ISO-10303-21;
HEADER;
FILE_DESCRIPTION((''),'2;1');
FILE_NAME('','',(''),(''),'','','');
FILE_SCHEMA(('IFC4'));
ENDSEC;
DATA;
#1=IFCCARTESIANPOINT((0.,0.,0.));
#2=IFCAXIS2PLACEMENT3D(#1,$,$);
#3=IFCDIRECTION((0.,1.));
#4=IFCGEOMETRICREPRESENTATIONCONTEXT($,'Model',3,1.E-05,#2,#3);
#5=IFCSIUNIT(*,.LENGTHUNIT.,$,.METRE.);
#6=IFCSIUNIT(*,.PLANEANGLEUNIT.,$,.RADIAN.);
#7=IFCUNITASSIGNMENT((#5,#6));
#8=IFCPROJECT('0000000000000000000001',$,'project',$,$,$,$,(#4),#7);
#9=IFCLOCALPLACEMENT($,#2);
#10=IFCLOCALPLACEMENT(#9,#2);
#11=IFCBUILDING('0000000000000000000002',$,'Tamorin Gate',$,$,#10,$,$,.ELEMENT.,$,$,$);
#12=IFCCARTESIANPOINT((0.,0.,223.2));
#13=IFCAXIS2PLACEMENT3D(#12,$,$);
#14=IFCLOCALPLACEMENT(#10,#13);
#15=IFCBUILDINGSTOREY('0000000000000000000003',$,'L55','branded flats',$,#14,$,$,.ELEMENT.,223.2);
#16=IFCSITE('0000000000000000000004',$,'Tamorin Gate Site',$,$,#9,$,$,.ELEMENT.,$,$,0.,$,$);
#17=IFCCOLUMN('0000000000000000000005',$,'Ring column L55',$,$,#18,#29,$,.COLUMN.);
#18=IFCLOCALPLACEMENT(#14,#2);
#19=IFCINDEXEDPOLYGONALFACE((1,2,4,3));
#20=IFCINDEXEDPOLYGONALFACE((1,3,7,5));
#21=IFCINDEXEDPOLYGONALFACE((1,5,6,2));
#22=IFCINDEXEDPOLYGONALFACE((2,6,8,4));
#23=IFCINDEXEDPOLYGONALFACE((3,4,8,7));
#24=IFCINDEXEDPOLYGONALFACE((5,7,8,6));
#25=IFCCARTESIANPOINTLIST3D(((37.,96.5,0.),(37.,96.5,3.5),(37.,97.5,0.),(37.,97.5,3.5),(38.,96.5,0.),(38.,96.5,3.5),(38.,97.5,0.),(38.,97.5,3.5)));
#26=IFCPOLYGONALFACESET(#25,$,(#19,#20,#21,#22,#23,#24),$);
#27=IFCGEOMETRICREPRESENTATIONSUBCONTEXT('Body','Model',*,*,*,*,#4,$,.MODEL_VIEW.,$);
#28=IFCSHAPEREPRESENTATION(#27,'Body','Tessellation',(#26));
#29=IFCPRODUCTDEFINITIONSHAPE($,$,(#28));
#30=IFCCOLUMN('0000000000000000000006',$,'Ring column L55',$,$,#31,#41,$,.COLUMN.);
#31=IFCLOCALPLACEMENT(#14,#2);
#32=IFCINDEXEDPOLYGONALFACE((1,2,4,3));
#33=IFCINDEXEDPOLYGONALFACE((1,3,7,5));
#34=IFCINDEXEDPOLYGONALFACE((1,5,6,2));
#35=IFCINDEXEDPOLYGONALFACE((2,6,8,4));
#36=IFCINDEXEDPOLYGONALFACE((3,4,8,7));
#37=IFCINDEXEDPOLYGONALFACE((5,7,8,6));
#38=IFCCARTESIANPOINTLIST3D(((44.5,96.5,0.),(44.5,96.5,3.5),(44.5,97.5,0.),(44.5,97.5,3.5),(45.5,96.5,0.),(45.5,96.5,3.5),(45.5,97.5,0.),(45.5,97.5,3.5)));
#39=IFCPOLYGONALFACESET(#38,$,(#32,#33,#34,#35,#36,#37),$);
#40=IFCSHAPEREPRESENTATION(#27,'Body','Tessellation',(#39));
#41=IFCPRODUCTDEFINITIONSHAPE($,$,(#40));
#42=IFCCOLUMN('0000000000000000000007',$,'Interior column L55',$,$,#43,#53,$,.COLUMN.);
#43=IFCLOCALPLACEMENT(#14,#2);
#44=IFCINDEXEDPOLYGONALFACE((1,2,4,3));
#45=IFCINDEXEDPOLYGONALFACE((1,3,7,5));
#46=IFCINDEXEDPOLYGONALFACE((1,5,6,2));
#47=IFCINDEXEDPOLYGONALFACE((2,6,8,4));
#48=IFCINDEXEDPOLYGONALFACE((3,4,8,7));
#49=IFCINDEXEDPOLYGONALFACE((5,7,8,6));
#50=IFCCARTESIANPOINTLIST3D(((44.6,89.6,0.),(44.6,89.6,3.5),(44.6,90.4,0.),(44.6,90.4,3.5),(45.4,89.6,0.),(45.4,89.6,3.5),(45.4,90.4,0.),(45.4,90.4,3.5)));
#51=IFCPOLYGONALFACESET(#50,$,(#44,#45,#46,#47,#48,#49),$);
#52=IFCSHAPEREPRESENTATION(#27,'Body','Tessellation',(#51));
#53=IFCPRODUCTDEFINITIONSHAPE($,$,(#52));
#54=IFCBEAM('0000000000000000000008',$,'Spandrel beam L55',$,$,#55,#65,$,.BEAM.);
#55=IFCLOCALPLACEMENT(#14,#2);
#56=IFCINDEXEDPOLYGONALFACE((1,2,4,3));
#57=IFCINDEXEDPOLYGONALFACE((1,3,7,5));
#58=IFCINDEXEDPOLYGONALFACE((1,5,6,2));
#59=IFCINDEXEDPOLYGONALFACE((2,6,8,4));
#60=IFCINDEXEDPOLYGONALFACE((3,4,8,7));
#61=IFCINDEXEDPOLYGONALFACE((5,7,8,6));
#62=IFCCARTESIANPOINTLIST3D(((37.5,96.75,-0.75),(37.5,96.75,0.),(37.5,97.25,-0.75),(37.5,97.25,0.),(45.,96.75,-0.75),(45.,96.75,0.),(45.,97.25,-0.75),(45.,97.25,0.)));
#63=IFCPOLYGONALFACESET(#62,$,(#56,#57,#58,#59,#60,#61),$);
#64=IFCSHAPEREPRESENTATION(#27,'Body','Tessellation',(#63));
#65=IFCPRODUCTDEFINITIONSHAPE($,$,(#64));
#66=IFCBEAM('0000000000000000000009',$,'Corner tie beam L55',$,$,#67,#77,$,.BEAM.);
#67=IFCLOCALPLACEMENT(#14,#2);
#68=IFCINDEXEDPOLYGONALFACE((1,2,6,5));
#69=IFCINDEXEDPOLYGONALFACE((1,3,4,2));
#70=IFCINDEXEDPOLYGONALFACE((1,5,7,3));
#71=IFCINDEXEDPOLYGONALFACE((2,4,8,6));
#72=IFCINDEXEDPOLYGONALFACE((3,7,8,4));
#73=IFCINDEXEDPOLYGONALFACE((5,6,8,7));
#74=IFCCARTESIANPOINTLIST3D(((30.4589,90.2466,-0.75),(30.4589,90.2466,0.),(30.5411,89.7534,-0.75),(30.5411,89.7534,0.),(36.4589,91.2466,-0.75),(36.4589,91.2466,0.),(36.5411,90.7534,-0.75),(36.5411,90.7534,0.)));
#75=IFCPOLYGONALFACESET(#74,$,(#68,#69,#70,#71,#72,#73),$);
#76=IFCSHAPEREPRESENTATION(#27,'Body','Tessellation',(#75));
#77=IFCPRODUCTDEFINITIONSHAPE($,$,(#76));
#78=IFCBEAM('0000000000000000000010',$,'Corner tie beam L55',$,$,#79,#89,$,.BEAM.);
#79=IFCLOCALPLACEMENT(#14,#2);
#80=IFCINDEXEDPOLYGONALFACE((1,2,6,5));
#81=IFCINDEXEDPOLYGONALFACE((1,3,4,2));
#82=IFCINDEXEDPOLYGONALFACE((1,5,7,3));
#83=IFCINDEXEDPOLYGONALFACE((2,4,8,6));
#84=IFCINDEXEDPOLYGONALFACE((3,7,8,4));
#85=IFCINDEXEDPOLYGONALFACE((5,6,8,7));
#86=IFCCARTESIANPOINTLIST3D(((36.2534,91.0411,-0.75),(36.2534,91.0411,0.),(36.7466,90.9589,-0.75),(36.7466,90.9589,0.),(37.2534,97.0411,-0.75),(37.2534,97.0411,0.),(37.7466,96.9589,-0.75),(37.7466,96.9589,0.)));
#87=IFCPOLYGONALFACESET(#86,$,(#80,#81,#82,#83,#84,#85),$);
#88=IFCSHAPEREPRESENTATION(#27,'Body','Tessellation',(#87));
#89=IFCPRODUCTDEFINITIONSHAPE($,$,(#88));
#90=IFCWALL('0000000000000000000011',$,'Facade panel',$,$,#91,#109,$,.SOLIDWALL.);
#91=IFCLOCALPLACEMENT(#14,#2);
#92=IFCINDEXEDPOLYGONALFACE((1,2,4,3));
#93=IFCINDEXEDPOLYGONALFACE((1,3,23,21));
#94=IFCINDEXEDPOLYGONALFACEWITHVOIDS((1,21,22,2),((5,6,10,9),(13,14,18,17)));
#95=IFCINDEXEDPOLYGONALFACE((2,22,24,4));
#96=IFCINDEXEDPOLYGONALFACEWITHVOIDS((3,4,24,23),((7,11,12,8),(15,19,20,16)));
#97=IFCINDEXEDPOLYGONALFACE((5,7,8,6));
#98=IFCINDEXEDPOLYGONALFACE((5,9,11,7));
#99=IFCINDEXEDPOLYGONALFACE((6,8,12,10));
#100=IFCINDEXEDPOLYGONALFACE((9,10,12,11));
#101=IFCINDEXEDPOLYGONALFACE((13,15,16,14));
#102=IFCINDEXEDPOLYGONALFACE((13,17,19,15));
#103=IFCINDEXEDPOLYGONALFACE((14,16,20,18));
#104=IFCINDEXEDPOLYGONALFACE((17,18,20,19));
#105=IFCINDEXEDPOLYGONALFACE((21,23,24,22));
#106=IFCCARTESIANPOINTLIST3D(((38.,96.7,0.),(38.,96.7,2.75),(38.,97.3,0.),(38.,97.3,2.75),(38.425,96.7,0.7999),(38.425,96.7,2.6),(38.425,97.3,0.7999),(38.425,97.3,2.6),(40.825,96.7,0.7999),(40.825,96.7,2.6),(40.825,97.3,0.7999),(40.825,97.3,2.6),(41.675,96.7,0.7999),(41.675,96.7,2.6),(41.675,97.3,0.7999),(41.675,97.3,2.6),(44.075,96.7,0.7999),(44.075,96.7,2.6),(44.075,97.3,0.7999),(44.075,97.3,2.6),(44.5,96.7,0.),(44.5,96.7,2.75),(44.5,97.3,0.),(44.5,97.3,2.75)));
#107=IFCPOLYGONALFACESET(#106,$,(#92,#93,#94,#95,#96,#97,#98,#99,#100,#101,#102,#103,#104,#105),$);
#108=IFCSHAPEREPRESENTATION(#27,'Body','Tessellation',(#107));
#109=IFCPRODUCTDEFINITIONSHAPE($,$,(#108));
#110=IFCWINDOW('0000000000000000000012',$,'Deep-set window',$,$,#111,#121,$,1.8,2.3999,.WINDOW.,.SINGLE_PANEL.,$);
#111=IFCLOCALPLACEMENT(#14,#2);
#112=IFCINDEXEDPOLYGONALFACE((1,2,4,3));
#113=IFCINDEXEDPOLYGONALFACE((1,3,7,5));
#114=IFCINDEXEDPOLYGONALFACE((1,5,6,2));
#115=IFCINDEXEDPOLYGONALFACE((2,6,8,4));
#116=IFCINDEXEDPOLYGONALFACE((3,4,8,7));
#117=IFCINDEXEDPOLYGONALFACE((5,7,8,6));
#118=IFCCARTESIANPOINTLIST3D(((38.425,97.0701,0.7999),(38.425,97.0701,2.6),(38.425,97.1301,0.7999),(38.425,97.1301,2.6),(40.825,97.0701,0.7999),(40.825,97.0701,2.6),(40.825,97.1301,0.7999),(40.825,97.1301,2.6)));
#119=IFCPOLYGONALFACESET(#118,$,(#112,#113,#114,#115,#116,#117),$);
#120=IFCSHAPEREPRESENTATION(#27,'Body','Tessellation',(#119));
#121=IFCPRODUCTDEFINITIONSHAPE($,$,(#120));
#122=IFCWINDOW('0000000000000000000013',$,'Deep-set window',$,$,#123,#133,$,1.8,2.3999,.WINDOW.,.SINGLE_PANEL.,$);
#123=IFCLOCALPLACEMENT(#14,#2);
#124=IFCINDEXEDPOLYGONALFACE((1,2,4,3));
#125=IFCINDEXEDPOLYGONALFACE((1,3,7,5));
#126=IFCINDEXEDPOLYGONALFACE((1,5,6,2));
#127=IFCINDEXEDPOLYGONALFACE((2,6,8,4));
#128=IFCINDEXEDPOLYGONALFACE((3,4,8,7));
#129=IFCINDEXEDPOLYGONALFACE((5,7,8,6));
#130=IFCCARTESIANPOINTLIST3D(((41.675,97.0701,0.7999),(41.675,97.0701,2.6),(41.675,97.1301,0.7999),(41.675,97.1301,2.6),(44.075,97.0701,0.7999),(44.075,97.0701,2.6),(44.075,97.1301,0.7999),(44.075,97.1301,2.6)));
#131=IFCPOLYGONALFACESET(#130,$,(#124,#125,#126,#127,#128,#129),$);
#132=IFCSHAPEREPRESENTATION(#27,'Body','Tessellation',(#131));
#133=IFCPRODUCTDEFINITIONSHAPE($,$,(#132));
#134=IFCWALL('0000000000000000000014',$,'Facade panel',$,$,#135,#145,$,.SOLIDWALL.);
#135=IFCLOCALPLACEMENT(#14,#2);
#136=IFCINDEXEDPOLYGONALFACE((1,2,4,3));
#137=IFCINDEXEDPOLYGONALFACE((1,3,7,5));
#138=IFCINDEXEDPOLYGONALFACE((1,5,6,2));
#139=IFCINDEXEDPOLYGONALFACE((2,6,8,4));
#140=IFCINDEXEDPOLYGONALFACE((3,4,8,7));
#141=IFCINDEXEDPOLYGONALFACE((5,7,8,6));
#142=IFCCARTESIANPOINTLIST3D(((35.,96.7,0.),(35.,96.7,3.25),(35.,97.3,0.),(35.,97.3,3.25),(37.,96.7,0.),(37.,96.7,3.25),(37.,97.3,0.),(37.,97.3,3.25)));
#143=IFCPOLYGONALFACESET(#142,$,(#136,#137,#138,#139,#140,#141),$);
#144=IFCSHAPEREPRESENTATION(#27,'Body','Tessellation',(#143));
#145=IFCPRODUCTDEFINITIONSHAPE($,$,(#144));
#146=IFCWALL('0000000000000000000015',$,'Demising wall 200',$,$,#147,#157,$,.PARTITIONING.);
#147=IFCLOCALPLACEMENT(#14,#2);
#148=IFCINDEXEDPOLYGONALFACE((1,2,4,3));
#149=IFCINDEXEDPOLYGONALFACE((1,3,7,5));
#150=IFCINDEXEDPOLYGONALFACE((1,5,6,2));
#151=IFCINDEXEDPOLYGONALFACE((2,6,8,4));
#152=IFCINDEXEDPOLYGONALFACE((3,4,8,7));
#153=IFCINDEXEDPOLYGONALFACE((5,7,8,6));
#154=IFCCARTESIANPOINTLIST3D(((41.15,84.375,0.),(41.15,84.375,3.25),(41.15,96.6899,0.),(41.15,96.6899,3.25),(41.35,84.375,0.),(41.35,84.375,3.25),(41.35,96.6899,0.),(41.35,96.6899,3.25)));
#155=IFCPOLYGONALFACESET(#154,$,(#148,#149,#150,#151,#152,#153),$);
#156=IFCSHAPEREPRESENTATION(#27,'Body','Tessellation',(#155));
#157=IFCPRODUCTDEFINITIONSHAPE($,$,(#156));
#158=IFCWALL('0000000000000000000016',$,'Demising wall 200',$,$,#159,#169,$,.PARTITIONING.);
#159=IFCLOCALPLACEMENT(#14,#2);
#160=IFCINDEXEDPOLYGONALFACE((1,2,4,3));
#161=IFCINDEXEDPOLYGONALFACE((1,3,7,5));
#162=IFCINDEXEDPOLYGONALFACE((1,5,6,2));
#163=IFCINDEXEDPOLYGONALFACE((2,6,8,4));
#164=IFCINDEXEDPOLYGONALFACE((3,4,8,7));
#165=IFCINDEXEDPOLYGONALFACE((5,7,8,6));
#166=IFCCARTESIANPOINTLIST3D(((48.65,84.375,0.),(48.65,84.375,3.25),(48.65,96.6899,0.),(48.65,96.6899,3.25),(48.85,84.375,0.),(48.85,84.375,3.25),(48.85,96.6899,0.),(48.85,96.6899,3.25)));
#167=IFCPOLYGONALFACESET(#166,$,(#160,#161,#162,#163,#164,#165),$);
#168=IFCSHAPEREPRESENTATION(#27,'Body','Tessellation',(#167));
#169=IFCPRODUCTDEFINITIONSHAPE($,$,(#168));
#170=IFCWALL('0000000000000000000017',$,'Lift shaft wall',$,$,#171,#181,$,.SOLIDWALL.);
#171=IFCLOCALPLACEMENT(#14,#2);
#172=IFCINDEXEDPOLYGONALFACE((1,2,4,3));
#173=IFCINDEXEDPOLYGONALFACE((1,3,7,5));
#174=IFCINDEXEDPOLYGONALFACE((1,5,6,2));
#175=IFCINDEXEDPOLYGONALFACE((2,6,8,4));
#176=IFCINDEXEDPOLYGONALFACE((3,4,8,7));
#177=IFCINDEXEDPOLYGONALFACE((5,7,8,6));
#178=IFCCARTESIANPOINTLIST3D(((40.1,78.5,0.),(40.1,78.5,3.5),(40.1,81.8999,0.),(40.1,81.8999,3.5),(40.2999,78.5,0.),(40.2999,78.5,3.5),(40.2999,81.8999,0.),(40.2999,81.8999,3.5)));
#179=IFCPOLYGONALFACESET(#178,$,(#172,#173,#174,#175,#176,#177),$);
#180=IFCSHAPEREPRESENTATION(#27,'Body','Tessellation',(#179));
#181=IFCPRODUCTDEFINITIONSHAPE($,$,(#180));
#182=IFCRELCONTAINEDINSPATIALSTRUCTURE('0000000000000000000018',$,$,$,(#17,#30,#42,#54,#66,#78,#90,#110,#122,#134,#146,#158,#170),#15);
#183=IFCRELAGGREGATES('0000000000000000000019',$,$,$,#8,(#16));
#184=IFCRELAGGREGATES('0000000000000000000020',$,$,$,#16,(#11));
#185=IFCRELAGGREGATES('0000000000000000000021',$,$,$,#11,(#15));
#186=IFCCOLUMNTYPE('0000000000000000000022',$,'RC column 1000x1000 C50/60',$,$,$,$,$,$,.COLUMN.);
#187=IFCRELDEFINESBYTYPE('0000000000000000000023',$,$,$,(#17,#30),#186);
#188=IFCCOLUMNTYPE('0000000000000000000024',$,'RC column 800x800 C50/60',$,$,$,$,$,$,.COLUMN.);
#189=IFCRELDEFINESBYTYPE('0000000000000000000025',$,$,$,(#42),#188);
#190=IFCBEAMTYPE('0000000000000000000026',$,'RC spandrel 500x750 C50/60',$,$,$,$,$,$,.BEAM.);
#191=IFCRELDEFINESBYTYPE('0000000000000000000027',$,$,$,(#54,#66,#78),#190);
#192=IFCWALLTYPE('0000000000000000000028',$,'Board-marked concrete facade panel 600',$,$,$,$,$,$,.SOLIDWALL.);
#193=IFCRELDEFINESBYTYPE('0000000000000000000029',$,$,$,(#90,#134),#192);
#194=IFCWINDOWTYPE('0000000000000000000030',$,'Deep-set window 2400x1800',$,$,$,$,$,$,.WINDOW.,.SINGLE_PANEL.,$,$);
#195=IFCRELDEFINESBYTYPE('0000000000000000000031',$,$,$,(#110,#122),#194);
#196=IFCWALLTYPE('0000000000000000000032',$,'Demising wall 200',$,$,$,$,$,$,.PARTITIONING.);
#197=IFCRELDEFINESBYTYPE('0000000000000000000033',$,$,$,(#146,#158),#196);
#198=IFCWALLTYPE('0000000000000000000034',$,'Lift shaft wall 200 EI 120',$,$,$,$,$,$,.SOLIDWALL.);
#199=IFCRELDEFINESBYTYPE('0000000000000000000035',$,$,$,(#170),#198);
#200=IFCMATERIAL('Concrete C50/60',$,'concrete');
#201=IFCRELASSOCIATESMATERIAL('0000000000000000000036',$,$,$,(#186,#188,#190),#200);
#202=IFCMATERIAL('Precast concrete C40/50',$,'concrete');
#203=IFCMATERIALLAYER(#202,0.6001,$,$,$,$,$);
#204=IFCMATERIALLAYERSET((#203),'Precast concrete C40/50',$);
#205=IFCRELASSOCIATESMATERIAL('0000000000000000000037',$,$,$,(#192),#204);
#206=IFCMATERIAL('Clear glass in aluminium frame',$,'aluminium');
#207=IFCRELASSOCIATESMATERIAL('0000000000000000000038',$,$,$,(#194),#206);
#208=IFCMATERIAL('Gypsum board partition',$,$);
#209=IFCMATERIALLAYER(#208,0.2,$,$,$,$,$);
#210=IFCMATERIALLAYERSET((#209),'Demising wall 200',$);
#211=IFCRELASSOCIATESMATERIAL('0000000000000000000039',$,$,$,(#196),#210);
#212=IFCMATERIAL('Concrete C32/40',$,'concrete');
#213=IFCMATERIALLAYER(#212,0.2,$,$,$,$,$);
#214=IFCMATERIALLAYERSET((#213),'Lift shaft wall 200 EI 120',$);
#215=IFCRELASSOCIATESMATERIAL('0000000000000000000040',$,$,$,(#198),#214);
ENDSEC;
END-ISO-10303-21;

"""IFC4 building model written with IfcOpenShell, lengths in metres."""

from ifc_helpers import new_model, si_unit, direction, frame, frame_2d, origin, origin_2d, place, context, subcontext, project, spatial, rectangle, extrude, material, layer, layer_set, material_profile, profile_set, type_object, element, fill, save


model = new_model("IFC4")

# Units and contexts
model_context = context("Model", 3, precision=1e-05, world=origin(), true_north=direction((0.0, 1.0)))
body_context = subcontext(model_context, "Body", "Model", "MODEL_VIEW")
ifc_project = project(units=[si_unit("LENGTHUNIT", "METRE"), si_unit("PLANEANGLEUNIT", "RADIAN")], contexts=[model_context])

# Site, building, storey
site_placement = place(None, origin())
site = spatial("IfcSite", under=ifc_project, at=site_placement, Name="Tamorin Gate Site", CompositionType="ELEMENT", RefElevation=0.0)
building_placement = place(site_placement, origin())
building = spatial("IfcBuilding", under=site, at=building_placement, Name="Tamorin Gate", CompositionType="ELEMENT")
storey_placement = place(building_placement, frame((0.0, 0.0, 223.2)))
storey = spatial("IfcBuildingStorey", under=building, at=storey_placement, Name="L55", Description="branded flats", CompositionType="ELEMENT", Elevation=223.2)

# Columns
ifc_material_1 = material(Name="Concrete C50/60", Category="concrete")
ifc_material_profile_1 = material_profile(ifc_material_1, rectangle(XDim=1.0, YDim=1.0, at=origin_2d()), Name="RC 1000x1000")
ifc_profile_set_1 = profile_set([ifc_material_profile_1], Name="Concrete C50/60")
column_type_1 = type_object("IfcColumnType", Name="RC column 1000x1000 C50/60", PredefinedType="COLUMN", material=ifc_profile_set_1)
for number, where, z_axis, x_axis, name in (
    (1, (37.5, 97.0, 0.0), (0.0, 0.0, 1.0), (1.0, 0.0, 0.0), "Ring column L55"),
    (2, (45.0, 97.0, 0.0), (0.0, 0.0, 1.0), (1.0, 0.0, 0.0), "Ring column L55"),
):
    element("IfcColumn", number, at=place(storey_placement, frame(where, z_axis=z_axis, x_axis=x_axis)), inside=storey, type_object=column_type_1, Name=name, PredefinedType="COLUMN", context=body_context, shape_type="SweptSolid", body=[
        extrude(rectangle(XDim=1.0, YDim=1.0, at=origin_2d()), origin(), (0.0, 0.0, 1.0), 3.5),
    ])
ifc_material_profile_2 = material_profile(ifc_material_1, rectangle(XDim=0.8, YDim=0.8, at=origin_2d()), Name="RC 800x800")
ifc_profile_set_2 = profile_set([ifc_material_profile_2], Name="Concrete C50/60")
column_type_2 = type_object("IfcColumnType", Name="RC column 800x800 C50/60", PredefinedType="COLUMN", material=ifc_profile_set_2)
column_placement = place(storey_placement, frame((45.0, 90.0, 0.0), z_axis=(0.0, 0.0, 1.0), x_axis=(1.0, 0.0, 0.0)))
element("IfcColumn", 3, at=column_placement, inside=storey, type_object=column_type_2, Name="Interior column L55", PredefinedType="COLUMN", context=body_context, shape_type="SweptSolid", body=[
    extrude(rectangle(XDim=0.8, YDim=0.8, at=origin_2d()), origin(), (0.0, 0.0, 1.0), 3.5),
])

# Beams
ifc_material_profile_3 = material_profile(ifc_material_1, rectangle(XDim=0.5, YDim=0.75, at=origin_2d()), Name="RC 500x750")
ifc_profile_set_3 = profile_set([ifc_material_profile_3], Name="Concrete C50/60")
beam_type = type_object("IfcBeamType", Name="RC spandrel 500x750 C50/60", PredefinedType="BEAM", material=ifc_profile_set_3)
beam_placement = place(storey_placement, frame((45.0, 97.0, -0.375), z_axis=(-1.0, 0.0, 0.0), x_axis=(0.0, -1.0, 0.0)))
element("IfcBeam", 4, at=beam_placement, inside=storey, type_object=beam_type, Name="Spandrel beam L55", PredefinedType="BEAM", context=body_context, shape_type="SweptSolid", body=[
    extrude(rectangle(XDim=0.5, YDim=0.75, at=origin_2d()), origin(), (0.0, 0.0, 1.0), 7.5),
])
for number, where, z_axis, x_axis, name in (
    (5, (36.5, 91.0, -0.375), (-0.986394, -0.164399, 0.0), (0.164399, -0.986394, 0.0), "Corner tie beam L55"),
    (6, (36.5, 91.0, -0.375), (0.164399, 0.986394, 0.0), (-0.986394, 0.164399, 0.0), "Corner tie beam L55"),
):
    element("IfcBeam", number, at=place(storey_placement, frame(where, z_axis=z_axis, x_axis=x_axis)), inside=storey, type_object=beam_type, Name=name, PredefinedType="BEAM", context=body_context, shape_type="SweptSolid", body=[
        extrude(rectangle(XDim=0.5, YDim=0.75, at=origin_2d()), origin(), (0.0, 0.0, 1.0), 6.0828),
    ])

# Wall, openings, windows
ifc_material_2 = material(Name="Precast concrete C40/50", Category="concrete")
ifc_layer_1 = layer(ifc_material_2, 0.6001)
ifc_layer_set_1 = layer_set([ifc_layer_1], Name="Precast concrete C40/50")
wall_type_1 = type_object("IfcWallType", Name="Board-marked concrete facade panel 600", PredefinedType="SOLIDWALL", material=ifc_layer_set_1)
wall_1_placement = place(storey_placement, frame((44.5, 97.0, 0.0), z_axis=(0.0, 0.0, 1.0), x_axis=(-1.0, 0.0, 0.0)))
wall_1 = element("IfcWall", 7, at=wall_1_placement, inside=storey, type_object=wall_type_1, Name="Facade panel", PredefinedType="SOLIDWALL", context=body_context, shape_type="SweptSolid", body=[
    extrude(rectangle(XDim=6.5, YDim=0.6001, at=frame_2d((3.25, 0.0))), origin(), (0.0, 0.0, 1.0), 2.75),
])
opening_1_placement = place(wall_1_placement, frame((3.675, 0.0, 0.8)))
opening_1 = element("IfcOpeningElement", 8, at=opening_1_placement, cuts=wall_1, PredefinedType="OPENING", context=body_context, shape_type="SweptSolid", body=[
    extrude(rectangle(XDim=2.3999, YDim=1.8, at=frame_2d((1.2, 0.8999))), frame((0.0, 0.3101, 0.0), z_axis=(0.0, -1.0, 0.0), x_axis=(1.0, 0.0, 0.0)), (0.0, 0.0, 1.0), 0.6201),
])
opening_2_placement = place(wall_1_placement, frame((0.425, 0.0, 0.8)))
opening_2 = element("IfcOpeningElement", 9, at=opening_2_placement, cuts=wall_1, PredefinedType="OPENING", context=body_context, shape_type="SweptSolid", body=[
    extrude(rectangle(XDim=2.3999, YDim=1.8, at=frame_2d((1.2, 0.8999))), frame((0.0, 0.3101, 0.0), z_axis=(0.0, -1.0, 0.0), x_axis=(1.0, 0.0, 0.0)), (0.0, 0.0, 1.0), 0.6201),
])
ifc_material_3 = material(Name="Clear glass in aluminium frame", Category="aluminium")
window_type = type_object("IfcWindowType", Name="Deep-set window 2400x1800", PartitioningType="SINGLE_PANEL", PredefinedType="WINDOW", material=ifc_material_3)
window_1_placement = place(opening_1_placement, origin())
window_1 = element("IfcWindow", 10, at=window_1_placement, inside=storey, type_object=window_type, Name="Deep-set window", OverallHeight=1.8, OverallWidth=2.3999, PartitioningType="SINGLE_PANEL", PredefinedType="WINDOW", context=body_context, shape_type="SweptSolid", body=[
    extrude(rectangle(XDim=2.3999, YDim=1.8, at=frame_2d((1.2, 0.8999))), frame((0.0, -0.0701, 0.0), z_axis=(0.0, -1.0, 0.0), x_axis=(1.0, 0.0, 0.0)), (0.0, 0.0, 1.0), 0.0601),
])
fill(opening_1, window_1)
window_2_placement = place(opening_2_placement, origin())
window_2 = element("IfcWindow", 11, at=window_2_placement, inside=storey, type_object=window_type, Name="Deep-set window", OverallHeight=1.8, OverallWidth=2.3999, PartitioningType="SINGLE_PANEL", PredefinedType="WINDOW", context=body_context, shape_type="SweptSolid", body=[
    extrude(rectangle(XDim=2.3999, YDim=1.8, at=frame_2d((1.2, 0.8999))), frame((0.0, -0.0701, 0.0), z_axis=(0.0, -1.0, 0.0), x_axis=(1.0, 0.0, 0.0)), (0.0, 0.0, 1.0), 0.0601),
])
fill(opening_2, window_2)

# Walls
wall_2_placement = place(storey_placement, frame((37.0, 97.0, 0.0), z_axis=(0.0, 0.0, 1.0), x_axis=(-1.0, 0.0, 0.0)))
element("IfcWall", 12, at=wall_2_placement, inside=storey, type_object=wall_type_1, Name="Facade panel", PredefinedType="SOLIDWALL", context=body_context, shape_type="SweptSolid", body=[
    extrude(rectangle(XDim=2.0, YDim=0.6001, at=frame_2d((1.0, 0.0))), origin(), (0.0, 0.0, 1.0), 3.25),
])
ifc_material_4 = material(Name="Gypsum board partition")
ifc_layer_2 = layer(ifc_material_4, 0.2)
ifc_layer_set_2 = layer_set([ifc_layer_2], Name="Demising wall 200")
wall_type_2 = type_object("IfcWallType", Name="Demising wall 200", PredefinedType="PARTITIONING", material=ifc_layer_set_2)
for number, where, z_axis, x_axis, name in (
    (13, (41.25, 84.375, 0.0), (0.0, 0.0, 1.0), (0.0, 1.0, 0.0), "Demising wall 200"),
    (14, (48.75, 84.375, 0.0), (0.0, 0.0, 1.0), (0.0, 1.0, 0.0), "Demising wall 200"),
):
    element("IfcWall", number, at=place(storey_placement, frame(where, z_axis=z_axis, x_axis=x_axis)), inside=storey, type_object=wall_type_2, Name=name, PredefinedType="PARTITIONING", context=body_context, shape_type="SweptSolid", body=[
        extrude(rectangle(XDim=12.3149, YDim=0.2, at=frame_2d((6.1575, 0.0))), origin(), (0.0, 0.0, 1.0), 3.25),
    ])
ifc_material_5 = material(Name="Concrete C32/40", Category="concrete")
ifc_layer_3 = layer(ifc_material_5, 0.2)
ifc_layer_set_3 = layer_set([ifc_layer_3], Name="Lift shaft wall 200 EI 120")
wall_type_3 = type_object("IfcWallType", Name="Lift shaft wall 200 EI 120", PredefinedType="SOLIDWALL", material=ifc_layer_set_3)
wall_3_placement = place(storey_placement, frame((40.2, 78.5, 0.0), z_axis=(0.0, 0.0, 1.0), x_axis=(0.0, 1.0, 0.0)))
element("IfcWall", 15, at=wall_3_placement, inside=storey, type_object=wall_type_3, Name="Lift shaft wall", PredefinedType="SOLIDWALL", context=body_context, shape_type="SweptSolid", body=[
    extrude(rectangle(XDim=3.3999, YDim=0.2, at=frame_2d((1.7, 0.0))), origin(), (0.0, 0.0, 1.0), 3.5),
])

save(model, "model.ifc")
